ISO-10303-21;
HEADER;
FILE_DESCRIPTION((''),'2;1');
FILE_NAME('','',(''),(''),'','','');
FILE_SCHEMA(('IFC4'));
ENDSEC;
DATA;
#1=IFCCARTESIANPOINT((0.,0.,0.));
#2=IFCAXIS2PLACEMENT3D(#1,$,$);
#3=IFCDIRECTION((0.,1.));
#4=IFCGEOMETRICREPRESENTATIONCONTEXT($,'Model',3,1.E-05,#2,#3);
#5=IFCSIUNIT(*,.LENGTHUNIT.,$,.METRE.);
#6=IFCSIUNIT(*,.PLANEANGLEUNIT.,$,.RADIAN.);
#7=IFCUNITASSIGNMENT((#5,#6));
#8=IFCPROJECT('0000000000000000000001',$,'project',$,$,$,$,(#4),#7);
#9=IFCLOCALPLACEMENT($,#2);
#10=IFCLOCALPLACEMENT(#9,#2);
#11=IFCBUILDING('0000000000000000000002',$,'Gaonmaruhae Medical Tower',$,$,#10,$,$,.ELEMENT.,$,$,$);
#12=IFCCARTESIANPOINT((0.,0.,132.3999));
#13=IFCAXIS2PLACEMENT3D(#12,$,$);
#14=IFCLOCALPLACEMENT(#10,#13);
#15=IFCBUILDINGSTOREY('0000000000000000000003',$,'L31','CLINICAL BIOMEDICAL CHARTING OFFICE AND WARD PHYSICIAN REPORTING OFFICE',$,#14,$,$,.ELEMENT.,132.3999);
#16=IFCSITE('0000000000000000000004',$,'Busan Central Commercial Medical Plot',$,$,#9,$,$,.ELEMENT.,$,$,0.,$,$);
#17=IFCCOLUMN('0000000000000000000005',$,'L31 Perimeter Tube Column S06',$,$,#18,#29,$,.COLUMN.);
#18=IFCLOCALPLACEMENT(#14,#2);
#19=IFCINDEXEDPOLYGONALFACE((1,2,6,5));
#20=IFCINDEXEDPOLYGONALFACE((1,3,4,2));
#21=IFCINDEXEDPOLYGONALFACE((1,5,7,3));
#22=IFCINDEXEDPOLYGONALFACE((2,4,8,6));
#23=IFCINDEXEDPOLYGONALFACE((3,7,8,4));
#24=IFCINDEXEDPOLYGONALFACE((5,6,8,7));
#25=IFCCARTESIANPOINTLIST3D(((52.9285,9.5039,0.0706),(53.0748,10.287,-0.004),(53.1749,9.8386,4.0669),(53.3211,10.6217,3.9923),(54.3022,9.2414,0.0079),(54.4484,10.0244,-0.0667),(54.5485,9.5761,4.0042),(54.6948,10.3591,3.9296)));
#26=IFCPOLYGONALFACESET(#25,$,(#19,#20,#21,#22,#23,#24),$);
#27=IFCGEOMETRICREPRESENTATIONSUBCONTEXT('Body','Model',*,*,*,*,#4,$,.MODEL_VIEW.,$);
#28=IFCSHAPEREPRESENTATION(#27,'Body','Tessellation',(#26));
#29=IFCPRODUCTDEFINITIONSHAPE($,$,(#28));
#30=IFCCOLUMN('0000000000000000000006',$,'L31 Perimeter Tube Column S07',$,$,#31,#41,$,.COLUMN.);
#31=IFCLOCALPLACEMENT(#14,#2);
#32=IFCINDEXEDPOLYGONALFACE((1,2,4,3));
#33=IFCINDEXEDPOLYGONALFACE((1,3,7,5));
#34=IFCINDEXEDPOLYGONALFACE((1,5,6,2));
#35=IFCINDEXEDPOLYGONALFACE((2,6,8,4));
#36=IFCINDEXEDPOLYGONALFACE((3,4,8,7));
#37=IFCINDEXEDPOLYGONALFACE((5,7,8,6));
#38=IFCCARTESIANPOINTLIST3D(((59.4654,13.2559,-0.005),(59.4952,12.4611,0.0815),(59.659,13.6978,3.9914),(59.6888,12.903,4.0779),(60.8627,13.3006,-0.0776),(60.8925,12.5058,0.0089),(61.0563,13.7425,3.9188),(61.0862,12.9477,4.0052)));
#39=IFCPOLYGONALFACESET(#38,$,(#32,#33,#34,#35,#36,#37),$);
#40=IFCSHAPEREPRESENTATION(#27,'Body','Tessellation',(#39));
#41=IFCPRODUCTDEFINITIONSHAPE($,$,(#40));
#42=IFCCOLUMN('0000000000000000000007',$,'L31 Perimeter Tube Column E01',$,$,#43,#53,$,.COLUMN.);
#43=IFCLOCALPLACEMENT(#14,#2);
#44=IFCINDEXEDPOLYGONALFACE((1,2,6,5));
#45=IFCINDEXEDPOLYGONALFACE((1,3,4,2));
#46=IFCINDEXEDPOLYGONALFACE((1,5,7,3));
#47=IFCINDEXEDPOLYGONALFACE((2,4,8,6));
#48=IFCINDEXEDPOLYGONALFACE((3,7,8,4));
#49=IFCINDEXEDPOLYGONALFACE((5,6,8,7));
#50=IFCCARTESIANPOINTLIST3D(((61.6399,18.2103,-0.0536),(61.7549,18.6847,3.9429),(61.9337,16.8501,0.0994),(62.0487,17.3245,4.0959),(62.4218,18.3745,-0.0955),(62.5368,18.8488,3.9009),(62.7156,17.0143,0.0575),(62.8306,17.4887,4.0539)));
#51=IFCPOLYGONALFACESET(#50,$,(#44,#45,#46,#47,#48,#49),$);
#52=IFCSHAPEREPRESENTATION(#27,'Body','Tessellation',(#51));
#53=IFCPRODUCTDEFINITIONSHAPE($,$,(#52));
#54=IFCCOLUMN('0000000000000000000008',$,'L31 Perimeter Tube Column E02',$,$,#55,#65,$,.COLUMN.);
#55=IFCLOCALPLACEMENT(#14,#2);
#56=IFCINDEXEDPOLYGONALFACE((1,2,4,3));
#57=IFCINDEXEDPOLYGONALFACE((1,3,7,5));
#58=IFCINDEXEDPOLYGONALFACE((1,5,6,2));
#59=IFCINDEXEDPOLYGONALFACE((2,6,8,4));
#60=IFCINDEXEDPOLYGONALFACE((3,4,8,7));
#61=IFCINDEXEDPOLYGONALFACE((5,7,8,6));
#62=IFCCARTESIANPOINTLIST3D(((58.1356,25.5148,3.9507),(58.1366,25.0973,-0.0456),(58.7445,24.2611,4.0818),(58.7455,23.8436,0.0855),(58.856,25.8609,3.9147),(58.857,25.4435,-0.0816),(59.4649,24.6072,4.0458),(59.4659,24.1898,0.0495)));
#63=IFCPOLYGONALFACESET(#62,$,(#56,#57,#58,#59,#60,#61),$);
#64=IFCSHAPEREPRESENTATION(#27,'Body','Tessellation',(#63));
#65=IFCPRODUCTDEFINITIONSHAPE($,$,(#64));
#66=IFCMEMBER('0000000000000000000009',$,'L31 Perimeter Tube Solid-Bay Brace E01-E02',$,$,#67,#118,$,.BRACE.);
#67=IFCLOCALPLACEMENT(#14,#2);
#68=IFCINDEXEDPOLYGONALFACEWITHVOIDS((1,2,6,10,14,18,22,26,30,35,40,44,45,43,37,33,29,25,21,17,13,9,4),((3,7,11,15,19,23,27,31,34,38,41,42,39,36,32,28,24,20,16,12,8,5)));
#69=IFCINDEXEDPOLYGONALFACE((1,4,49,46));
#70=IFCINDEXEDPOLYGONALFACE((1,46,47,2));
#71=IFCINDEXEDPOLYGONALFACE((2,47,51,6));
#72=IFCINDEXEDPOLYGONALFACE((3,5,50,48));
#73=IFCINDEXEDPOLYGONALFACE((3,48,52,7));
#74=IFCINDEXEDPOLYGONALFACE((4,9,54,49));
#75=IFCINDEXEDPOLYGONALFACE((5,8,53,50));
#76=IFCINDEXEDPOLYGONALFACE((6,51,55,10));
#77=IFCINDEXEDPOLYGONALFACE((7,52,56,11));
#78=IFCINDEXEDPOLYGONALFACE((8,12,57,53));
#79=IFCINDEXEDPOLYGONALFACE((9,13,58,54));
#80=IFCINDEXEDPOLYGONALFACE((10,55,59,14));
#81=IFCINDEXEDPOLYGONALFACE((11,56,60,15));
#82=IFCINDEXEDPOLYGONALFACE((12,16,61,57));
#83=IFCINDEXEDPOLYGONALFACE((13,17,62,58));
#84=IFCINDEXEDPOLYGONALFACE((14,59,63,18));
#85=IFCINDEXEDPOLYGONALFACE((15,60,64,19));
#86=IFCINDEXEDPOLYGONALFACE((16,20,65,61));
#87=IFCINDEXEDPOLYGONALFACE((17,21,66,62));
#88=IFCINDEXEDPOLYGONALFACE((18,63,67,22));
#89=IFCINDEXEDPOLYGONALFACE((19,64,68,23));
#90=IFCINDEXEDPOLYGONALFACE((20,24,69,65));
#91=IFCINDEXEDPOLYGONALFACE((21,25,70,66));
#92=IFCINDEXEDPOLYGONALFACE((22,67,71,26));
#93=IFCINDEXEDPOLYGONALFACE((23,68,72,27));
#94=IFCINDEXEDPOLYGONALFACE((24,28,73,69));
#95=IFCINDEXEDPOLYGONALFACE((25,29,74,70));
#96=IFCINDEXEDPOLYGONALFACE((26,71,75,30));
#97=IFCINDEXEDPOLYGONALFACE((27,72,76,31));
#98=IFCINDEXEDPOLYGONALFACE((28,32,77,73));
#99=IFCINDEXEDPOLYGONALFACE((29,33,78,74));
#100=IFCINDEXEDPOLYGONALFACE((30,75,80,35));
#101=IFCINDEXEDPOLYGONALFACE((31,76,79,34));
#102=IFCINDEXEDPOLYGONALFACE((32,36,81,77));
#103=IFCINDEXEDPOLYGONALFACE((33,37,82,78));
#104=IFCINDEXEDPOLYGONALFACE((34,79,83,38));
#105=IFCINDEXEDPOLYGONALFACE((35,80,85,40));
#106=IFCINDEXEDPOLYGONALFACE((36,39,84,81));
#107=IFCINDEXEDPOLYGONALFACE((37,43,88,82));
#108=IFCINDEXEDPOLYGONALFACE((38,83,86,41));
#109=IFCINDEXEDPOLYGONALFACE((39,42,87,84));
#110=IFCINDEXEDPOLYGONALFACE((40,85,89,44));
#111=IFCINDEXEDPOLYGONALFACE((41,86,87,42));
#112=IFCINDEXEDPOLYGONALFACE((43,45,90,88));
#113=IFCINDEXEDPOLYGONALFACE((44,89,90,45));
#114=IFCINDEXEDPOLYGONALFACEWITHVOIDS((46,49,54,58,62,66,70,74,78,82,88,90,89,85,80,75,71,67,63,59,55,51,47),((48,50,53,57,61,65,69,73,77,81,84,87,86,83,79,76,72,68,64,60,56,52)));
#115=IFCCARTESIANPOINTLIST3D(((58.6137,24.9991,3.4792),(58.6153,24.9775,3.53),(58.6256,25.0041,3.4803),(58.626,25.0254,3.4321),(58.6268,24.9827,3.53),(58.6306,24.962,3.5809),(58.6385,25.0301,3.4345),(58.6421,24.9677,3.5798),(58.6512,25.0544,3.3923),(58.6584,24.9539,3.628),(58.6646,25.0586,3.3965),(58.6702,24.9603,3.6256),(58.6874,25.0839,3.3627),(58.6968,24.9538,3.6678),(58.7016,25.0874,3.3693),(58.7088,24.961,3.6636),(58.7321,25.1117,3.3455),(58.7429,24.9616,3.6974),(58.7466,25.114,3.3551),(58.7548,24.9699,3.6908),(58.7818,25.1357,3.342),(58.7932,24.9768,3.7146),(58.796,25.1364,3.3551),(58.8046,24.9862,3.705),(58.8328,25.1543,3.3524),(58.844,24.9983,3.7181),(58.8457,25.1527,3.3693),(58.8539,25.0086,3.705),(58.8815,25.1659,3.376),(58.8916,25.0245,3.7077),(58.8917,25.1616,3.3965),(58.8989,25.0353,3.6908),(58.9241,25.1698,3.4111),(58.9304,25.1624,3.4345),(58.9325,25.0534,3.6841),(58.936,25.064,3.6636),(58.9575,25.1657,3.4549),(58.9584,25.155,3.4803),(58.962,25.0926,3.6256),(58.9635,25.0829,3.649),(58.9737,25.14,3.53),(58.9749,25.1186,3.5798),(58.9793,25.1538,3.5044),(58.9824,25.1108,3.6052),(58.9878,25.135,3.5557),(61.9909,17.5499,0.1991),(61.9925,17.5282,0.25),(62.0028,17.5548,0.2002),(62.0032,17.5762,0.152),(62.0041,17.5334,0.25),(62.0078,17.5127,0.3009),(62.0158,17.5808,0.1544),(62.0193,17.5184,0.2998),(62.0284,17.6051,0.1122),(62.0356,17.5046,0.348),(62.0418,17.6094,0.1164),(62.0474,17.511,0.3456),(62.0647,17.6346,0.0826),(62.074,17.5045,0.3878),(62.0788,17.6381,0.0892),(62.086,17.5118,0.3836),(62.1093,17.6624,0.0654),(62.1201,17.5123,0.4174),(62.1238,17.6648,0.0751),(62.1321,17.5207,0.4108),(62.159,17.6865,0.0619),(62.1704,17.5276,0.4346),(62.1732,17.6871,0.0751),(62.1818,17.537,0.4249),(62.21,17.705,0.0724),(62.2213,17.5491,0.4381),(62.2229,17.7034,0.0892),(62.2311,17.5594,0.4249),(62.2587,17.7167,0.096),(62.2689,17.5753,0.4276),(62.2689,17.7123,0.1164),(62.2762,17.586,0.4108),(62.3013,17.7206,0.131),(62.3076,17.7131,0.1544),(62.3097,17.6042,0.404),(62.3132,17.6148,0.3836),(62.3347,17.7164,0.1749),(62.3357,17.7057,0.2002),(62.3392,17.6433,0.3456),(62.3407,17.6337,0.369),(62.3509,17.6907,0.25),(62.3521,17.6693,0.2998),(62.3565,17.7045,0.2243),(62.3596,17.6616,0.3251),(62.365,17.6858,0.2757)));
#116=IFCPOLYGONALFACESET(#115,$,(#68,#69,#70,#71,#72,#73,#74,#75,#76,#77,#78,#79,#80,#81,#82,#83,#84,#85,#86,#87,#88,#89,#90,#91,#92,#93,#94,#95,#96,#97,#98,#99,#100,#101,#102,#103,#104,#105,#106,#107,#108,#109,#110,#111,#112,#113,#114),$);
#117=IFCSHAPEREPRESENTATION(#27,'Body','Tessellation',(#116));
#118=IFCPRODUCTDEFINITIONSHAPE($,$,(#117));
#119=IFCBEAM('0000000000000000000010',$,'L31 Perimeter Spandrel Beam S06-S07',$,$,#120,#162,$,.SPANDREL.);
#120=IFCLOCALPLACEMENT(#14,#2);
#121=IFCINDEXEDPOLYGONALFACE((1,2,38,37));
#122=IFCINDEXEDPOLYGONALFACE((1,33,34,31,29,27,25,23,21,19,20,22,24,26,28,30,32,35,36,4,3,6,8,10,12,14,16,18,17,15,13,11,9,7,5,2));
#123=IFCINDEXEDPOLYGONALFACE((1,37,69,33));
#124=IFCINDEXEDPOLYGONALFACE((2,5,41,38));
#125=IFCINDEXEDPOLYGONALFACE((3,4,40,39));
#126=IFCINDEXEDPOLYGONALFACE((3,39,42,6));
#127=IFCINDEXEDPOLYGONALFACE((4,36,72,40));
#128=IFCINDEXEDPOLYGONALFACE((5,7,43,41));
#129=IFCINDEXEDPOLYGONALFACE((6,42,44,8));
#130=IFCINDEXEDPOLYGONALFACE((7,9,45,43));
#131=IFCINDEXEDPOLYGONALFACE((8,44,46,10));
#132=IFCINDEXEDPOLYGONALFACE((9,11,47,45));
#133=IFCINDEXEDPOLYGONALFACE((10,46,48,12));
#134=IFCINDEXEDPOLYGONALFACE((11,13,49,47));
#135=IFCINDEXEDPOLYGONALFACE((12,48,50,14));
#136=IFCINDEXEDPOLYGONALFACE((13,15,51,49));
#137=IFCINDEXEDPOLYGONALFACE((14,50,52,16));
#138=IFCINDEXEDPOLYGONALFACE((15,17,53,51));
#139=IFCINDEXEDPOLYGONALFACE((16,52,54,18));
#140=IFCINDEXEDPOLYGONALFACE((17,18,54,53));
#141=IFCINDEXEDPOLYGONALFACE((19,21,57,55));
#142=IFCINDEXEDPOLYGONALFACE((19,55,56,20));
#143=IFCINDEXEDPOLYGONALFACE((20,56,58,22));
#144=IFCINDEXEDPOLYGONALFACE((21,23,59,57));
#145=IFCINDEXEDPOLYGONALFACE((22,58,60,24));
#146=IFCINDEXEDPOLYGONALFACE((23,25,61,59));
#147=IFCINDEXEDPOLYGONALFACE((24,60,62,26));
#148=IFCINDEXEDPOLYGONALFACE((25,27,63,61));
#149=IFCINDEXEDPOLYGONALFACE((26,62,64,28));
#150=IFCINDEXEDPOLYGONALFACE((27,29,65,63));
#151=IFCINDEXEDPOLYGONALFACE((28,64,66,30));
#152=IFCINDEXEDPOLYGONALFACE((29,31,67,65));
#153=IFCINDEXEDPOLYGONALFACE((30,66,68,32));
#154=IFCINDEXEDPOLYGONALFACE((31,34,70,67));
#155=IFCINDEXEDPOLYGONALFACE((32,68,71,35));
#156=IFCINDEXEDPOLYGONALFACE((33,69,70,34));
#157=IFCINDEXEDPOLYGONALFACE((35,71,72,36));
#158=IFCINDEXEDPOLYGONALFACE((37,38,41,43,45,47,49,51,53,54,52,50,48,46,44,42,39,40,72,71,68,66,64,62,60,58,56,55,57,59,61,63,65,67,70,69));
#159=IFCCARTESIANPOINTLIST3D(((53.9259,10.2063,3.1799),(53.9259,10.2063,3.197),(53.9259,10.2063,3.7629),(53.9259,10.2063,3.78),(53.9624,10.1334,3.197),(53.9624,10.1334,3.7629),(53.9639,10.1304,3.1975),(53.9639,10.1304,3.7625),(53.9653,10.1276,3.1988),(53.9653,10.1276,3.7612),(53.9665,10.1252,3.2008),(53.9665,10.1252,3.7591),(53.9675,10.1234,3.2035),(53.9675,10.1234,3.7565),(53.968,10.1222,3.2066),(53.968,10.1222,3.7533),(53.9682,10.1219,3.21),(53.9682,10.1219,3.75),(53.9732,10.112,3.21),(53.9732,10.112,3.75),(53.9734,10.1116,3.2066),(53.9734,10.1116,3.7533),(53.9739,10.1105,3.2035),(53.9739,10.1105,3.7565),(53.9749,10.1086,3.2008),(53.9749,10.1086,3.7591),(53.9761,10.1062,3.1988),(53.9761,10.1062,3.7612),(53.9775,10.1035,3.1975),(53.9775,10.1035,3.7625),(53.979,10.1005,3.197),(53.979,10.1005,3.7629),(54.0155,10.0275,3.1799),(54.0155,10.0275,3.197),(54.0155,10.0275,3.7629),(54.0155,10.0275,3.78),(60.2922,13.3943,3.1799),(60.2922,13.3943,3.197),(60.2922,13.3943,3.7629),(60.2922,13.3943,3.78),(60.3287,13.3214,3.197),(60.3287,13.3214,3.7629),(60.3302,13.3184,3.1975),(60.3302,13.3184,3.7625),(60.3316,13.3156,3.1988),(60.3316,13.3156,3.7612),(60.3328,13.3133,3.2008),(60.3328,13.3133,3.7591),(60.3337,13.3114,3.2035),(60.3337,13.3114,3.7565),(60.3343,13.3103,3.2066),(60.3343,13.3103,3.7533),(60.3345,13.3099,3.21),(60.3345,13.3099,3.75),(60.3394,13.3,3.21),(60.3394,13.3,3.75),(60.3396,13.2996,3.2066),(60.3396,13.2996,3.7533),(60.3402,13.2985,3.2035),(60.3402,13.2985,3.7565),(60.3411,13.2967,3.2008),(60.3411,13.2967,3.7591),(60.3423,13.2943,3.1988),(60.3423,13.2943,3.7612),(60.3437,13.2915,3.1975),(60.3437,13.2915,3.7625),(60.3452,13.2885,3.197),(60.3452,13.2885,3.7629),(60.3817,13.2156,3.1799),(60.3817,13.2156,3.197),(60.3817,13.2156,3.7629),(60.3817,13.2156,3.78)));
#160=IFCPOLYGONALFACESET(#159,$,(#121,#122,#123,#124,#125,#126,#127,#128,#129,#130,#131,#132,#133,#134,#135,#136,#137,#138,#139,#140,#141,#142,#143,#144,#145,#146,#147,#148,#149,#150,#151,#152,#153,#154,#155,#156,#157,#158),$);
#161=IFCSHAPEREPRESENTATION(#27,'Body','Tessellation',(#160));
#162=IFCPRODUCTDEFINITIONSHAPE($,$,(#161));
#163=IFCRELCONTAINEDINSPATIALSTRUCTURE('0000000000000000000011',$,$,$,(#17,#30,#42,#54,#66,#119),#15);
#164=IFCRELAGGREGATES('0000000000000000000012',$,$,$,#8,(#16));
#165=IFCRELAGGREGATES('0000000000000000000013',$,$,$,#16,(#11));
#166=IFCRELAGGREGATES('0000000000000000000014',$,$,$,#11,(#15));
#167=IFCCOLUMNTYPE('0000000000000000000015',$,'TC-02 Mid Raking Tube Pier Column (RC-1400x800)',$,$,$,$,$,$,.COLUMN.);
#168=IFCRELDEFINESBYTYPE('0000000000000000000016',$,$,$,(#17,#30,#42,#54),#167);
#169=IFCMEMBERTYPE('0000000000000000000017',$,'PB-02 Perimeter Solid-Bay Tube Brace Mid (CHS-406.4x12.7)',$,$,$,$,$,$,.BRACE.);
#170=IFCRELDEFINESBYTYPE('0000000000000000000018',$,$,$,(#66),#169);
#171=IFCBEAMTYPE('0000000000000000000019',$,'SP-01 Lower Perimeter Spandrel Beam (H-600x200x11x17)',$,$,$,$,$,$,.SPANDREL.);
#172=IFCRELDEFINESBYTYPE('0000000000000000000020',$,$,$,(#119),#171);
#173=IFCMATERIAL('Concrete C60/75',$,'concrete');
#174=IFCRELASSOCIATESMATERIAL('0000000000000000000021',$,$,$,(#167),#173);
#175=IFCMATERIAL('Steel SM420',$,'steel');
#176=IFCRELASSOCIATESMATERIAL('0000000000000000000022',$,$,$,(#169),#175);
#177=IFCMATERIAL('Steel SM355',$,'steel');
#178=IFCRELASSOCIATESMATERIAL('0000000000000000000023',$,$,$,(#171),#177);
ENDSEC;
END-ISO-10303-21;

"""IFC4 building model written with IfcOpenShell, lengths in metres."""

from ifc_helpers import new_model, si_unit, direction, frame, origin, origin_2d, place, context, subcontext, project, spatial, rectangle, hollow_circle, i_section, extrude, material, material_profile, profile_set, type_object, element, save


model = new_model("IFC4")

# Units and contexts
model_context = context("Model", 3, precision=1e-05, world=origin(), true_north=direction((0.0, 1.0)))
body_context = subcontext(model_context, "Body", "Model", "MODEL_VIEW")
ifc_project = project(units=[si_unit("LENGTHUNIT", "METRE"), si_unit("PLANEANGLEUNIT", "RADIAN")], contexts=[model_context])

# Site, building, storey
site_placement = place(None, origin())
site = spatial("IfcSite", under=ifc_project, at=site_placement, Name="Busan Central Commercial Medical Plot", CompositionType="ELEMENT", RefElevation=0.0)
building_placement = place(site_placement, origin())
building = spatial("IfcBuilding", under=site, at=building_placement, Name="Gaonmaruhae Medical Tower", CompositionType="ELEMENT")
storey_placement = place(building_placement, frame((0.0, 0.0, 132.3999)))
storey = spatial("IfcBuildingStorey", under=building, at=storey_placement, Name="L31", Description="CLINICAL BIOMEDICAL CHARTING OFFICE AND WARD PHYSICIAN REPORTING OFFICE", CompositionType="ELEMENT", Elevation=132.3999)

# Columns
ifc_material_1 = material(Name="Concrete C60/75", Category="concrete")
ifc_material_profile_1 = material_profile(ifc_material_1, rectangle(XDim=1.3999, YDim=0.8, at=origin_2d()), Name="RC-1400x800")
ifc_profile_set_1 = profile_set([ifc_material_profile_1], Name="Concrete C60/75")
column_type = type_object("IfcColumnType", Name="TC-02 Mid Raking Tube Pier Column (RC-1400x800)", PredefinedType="COLUMN", material=ifc_profile_set_1)
column_1_placement = place(storey_placement, frame((53.6885, 9.7642, 0.002), z_axis=(0.06131, 0.083307, 0.994636), x_axis=(-0.981232, 0.187563, 0.044774)))
element("IfcColumn", 1, at=column_1_placement, inside=storey, type_object=column_type, Name="L31 Perimeter Tube Column S06", PredefinedType="COLUMN", context=body_context, shape_type="SweptSolid", body=[
    extrude(rectangle(XDim=1.3999, YDim=0.8, at=origin_2d()), origin(), (0.0, 0.0, 1.0), 4.0178),
])
column_2_placement = place(storey_placement, frame((60.179, 12.8809, 0.002), z_axis=(0.048096, 0.109778, 0.992792), x_axis=(-0.998144, -0.03188, 0.05188)))
element("IfcColumn", 2, at=column_2_placement, inside=storey, type_object=column_type, Name="L31 Perimeter Tube Column S07", PredefinedType="COLUMN", context=body_context, shape_type="SweptSolid", body=[
    extrude(rectangle(XDim=1.3999, YDim=0.8, at=origin_2d()), origin(), (0.0, 0.0, 1.0), 4.0254),
])
column_3_placement = place(storey_placement, frame((62.1777, 17.6123, 0.002), z_axis=(0.028562, 0.117824, 0.992624), x_axis=(0.209885, -0.971599, 0.10929)))
element("IfcColumn", 3, at=column_3_placement, inside=storey, type_object=column_type, Name="L31 Perimeter Tube Column E01", PredefinedType="COLUMN", context=body_context, shape_type="SweptSolid", body=[
    extrude(rectangle(XDim=1.3999, YDim=0.8, at=origin_2d()), origin(), (0.0, 0.0, 1.0), 4.0261),
])
column_4_placement = place(storey_placement, frame((58.8013, 24.6436, 0.002), z_axis=(-0.000243, 0.1039, 0.994588), x_axis=(0.434969, -0.895561, 0.093662)))
element("IfcColumn", 4, at=column_4_placement, inside=storey, type_object=column_type, Name="L31 Perimeter Tube Column E02", PredefinedType="COLUMN", context=body_context, shape_type="SweptSolid", body=[
    extrude(rectangle(XDim=1.3999, YDim=0.8, at=origin_2d()), origin(), (0.0, 0.0, 1.0), 4.0181),
])

# Member
ifc_material_2 = material(Name="Steel SM420", Category="steel")
ifc_material_profile_2 = material_profile(ifc_material_2, hollow_circle(Radius=0.2031, WallThickness=0.0127, at=origin_2d()), Name="CHS-406.4x12.7")
ifc_profile_set_2 = profile_set([ifc_material_profile_2], Name="Steel SM420")
member_type = type_object("IfcMemberType", Name="PB-02 Perimeter Solid-Bay Tube Brace Mid (CHS-406.4x12.7)", PredefinedType="BRACE", material=ifc_profile_set_2)
member_placement = place(storey_placement, frame((62.1775, 17.6121, 0.25), z_axis=(-0.383241, 0.84533, 0.372214), x_axis=(-0.910772, -0.41291, 0.0)))
element("IfcMember", 5, at=member_placement, inside=storey, type_object=member_type, Name="L31 Perimeter Tube Solid-Bay Brace E01-E02", PredefinedType="BRACE", context=body_context, shape_type="SweptSolid", body=[
    extrude(hollow_circle(Radius=0.2031, WallThickness=0.0127, at=origin_2d()), origin(), (0.0, 0.0, 1.0), 8.8123),
])

# Beam
ifc_material_3 = material(Name="Steel SM355", Category="steel")
ifc_material_profile_3 = material_profile(ifc_material_3, i_section(OverallWidth=0.2, OverallDepth=0.6001, WebThickness=0.011, FlangeThickness=0.0171, FilletRadius=0.0129, at=origin_2d()), Name="H-600x200x11x17")
ifc_profile_set_3 = profile_set([ifc_material_profile_3], Name="Steel SM355")
beam_type = type_object("IfcBeamType", Name="SP-01 Lower Perimeter Spandrel Beam (H-600x200x11x17)", PredefinedType="SPANDREL", material=ifc_profile_set_3)
beam_1_placement = place(storey_placement, frame((53.9707, 10.1169, 3.48), z_axis=(0.894153, 0.447762, 0.0), x_axis=(-0.447762, 0.894153, 0.0)))
element("IfcBeam", 6, at=beam_1_placement, inside=storey, type_object=beam_type, Name="L31 Perimeter Spandrel Beam S06-S07", PredefinedType="SPANDREL", context=body_context, shape_type="SweptSolid", body=[
    extrude(i_section(OverallWidth=0.2, OverallDepth=0.6001, WebThickness=0.011, FlangeThickness=0.0171, FilletRadius=0.0129, at=origin_2d()), origin(), (0.0, 0.0, 1.0), 7.1199),
])

save(model, "model.ifc")
